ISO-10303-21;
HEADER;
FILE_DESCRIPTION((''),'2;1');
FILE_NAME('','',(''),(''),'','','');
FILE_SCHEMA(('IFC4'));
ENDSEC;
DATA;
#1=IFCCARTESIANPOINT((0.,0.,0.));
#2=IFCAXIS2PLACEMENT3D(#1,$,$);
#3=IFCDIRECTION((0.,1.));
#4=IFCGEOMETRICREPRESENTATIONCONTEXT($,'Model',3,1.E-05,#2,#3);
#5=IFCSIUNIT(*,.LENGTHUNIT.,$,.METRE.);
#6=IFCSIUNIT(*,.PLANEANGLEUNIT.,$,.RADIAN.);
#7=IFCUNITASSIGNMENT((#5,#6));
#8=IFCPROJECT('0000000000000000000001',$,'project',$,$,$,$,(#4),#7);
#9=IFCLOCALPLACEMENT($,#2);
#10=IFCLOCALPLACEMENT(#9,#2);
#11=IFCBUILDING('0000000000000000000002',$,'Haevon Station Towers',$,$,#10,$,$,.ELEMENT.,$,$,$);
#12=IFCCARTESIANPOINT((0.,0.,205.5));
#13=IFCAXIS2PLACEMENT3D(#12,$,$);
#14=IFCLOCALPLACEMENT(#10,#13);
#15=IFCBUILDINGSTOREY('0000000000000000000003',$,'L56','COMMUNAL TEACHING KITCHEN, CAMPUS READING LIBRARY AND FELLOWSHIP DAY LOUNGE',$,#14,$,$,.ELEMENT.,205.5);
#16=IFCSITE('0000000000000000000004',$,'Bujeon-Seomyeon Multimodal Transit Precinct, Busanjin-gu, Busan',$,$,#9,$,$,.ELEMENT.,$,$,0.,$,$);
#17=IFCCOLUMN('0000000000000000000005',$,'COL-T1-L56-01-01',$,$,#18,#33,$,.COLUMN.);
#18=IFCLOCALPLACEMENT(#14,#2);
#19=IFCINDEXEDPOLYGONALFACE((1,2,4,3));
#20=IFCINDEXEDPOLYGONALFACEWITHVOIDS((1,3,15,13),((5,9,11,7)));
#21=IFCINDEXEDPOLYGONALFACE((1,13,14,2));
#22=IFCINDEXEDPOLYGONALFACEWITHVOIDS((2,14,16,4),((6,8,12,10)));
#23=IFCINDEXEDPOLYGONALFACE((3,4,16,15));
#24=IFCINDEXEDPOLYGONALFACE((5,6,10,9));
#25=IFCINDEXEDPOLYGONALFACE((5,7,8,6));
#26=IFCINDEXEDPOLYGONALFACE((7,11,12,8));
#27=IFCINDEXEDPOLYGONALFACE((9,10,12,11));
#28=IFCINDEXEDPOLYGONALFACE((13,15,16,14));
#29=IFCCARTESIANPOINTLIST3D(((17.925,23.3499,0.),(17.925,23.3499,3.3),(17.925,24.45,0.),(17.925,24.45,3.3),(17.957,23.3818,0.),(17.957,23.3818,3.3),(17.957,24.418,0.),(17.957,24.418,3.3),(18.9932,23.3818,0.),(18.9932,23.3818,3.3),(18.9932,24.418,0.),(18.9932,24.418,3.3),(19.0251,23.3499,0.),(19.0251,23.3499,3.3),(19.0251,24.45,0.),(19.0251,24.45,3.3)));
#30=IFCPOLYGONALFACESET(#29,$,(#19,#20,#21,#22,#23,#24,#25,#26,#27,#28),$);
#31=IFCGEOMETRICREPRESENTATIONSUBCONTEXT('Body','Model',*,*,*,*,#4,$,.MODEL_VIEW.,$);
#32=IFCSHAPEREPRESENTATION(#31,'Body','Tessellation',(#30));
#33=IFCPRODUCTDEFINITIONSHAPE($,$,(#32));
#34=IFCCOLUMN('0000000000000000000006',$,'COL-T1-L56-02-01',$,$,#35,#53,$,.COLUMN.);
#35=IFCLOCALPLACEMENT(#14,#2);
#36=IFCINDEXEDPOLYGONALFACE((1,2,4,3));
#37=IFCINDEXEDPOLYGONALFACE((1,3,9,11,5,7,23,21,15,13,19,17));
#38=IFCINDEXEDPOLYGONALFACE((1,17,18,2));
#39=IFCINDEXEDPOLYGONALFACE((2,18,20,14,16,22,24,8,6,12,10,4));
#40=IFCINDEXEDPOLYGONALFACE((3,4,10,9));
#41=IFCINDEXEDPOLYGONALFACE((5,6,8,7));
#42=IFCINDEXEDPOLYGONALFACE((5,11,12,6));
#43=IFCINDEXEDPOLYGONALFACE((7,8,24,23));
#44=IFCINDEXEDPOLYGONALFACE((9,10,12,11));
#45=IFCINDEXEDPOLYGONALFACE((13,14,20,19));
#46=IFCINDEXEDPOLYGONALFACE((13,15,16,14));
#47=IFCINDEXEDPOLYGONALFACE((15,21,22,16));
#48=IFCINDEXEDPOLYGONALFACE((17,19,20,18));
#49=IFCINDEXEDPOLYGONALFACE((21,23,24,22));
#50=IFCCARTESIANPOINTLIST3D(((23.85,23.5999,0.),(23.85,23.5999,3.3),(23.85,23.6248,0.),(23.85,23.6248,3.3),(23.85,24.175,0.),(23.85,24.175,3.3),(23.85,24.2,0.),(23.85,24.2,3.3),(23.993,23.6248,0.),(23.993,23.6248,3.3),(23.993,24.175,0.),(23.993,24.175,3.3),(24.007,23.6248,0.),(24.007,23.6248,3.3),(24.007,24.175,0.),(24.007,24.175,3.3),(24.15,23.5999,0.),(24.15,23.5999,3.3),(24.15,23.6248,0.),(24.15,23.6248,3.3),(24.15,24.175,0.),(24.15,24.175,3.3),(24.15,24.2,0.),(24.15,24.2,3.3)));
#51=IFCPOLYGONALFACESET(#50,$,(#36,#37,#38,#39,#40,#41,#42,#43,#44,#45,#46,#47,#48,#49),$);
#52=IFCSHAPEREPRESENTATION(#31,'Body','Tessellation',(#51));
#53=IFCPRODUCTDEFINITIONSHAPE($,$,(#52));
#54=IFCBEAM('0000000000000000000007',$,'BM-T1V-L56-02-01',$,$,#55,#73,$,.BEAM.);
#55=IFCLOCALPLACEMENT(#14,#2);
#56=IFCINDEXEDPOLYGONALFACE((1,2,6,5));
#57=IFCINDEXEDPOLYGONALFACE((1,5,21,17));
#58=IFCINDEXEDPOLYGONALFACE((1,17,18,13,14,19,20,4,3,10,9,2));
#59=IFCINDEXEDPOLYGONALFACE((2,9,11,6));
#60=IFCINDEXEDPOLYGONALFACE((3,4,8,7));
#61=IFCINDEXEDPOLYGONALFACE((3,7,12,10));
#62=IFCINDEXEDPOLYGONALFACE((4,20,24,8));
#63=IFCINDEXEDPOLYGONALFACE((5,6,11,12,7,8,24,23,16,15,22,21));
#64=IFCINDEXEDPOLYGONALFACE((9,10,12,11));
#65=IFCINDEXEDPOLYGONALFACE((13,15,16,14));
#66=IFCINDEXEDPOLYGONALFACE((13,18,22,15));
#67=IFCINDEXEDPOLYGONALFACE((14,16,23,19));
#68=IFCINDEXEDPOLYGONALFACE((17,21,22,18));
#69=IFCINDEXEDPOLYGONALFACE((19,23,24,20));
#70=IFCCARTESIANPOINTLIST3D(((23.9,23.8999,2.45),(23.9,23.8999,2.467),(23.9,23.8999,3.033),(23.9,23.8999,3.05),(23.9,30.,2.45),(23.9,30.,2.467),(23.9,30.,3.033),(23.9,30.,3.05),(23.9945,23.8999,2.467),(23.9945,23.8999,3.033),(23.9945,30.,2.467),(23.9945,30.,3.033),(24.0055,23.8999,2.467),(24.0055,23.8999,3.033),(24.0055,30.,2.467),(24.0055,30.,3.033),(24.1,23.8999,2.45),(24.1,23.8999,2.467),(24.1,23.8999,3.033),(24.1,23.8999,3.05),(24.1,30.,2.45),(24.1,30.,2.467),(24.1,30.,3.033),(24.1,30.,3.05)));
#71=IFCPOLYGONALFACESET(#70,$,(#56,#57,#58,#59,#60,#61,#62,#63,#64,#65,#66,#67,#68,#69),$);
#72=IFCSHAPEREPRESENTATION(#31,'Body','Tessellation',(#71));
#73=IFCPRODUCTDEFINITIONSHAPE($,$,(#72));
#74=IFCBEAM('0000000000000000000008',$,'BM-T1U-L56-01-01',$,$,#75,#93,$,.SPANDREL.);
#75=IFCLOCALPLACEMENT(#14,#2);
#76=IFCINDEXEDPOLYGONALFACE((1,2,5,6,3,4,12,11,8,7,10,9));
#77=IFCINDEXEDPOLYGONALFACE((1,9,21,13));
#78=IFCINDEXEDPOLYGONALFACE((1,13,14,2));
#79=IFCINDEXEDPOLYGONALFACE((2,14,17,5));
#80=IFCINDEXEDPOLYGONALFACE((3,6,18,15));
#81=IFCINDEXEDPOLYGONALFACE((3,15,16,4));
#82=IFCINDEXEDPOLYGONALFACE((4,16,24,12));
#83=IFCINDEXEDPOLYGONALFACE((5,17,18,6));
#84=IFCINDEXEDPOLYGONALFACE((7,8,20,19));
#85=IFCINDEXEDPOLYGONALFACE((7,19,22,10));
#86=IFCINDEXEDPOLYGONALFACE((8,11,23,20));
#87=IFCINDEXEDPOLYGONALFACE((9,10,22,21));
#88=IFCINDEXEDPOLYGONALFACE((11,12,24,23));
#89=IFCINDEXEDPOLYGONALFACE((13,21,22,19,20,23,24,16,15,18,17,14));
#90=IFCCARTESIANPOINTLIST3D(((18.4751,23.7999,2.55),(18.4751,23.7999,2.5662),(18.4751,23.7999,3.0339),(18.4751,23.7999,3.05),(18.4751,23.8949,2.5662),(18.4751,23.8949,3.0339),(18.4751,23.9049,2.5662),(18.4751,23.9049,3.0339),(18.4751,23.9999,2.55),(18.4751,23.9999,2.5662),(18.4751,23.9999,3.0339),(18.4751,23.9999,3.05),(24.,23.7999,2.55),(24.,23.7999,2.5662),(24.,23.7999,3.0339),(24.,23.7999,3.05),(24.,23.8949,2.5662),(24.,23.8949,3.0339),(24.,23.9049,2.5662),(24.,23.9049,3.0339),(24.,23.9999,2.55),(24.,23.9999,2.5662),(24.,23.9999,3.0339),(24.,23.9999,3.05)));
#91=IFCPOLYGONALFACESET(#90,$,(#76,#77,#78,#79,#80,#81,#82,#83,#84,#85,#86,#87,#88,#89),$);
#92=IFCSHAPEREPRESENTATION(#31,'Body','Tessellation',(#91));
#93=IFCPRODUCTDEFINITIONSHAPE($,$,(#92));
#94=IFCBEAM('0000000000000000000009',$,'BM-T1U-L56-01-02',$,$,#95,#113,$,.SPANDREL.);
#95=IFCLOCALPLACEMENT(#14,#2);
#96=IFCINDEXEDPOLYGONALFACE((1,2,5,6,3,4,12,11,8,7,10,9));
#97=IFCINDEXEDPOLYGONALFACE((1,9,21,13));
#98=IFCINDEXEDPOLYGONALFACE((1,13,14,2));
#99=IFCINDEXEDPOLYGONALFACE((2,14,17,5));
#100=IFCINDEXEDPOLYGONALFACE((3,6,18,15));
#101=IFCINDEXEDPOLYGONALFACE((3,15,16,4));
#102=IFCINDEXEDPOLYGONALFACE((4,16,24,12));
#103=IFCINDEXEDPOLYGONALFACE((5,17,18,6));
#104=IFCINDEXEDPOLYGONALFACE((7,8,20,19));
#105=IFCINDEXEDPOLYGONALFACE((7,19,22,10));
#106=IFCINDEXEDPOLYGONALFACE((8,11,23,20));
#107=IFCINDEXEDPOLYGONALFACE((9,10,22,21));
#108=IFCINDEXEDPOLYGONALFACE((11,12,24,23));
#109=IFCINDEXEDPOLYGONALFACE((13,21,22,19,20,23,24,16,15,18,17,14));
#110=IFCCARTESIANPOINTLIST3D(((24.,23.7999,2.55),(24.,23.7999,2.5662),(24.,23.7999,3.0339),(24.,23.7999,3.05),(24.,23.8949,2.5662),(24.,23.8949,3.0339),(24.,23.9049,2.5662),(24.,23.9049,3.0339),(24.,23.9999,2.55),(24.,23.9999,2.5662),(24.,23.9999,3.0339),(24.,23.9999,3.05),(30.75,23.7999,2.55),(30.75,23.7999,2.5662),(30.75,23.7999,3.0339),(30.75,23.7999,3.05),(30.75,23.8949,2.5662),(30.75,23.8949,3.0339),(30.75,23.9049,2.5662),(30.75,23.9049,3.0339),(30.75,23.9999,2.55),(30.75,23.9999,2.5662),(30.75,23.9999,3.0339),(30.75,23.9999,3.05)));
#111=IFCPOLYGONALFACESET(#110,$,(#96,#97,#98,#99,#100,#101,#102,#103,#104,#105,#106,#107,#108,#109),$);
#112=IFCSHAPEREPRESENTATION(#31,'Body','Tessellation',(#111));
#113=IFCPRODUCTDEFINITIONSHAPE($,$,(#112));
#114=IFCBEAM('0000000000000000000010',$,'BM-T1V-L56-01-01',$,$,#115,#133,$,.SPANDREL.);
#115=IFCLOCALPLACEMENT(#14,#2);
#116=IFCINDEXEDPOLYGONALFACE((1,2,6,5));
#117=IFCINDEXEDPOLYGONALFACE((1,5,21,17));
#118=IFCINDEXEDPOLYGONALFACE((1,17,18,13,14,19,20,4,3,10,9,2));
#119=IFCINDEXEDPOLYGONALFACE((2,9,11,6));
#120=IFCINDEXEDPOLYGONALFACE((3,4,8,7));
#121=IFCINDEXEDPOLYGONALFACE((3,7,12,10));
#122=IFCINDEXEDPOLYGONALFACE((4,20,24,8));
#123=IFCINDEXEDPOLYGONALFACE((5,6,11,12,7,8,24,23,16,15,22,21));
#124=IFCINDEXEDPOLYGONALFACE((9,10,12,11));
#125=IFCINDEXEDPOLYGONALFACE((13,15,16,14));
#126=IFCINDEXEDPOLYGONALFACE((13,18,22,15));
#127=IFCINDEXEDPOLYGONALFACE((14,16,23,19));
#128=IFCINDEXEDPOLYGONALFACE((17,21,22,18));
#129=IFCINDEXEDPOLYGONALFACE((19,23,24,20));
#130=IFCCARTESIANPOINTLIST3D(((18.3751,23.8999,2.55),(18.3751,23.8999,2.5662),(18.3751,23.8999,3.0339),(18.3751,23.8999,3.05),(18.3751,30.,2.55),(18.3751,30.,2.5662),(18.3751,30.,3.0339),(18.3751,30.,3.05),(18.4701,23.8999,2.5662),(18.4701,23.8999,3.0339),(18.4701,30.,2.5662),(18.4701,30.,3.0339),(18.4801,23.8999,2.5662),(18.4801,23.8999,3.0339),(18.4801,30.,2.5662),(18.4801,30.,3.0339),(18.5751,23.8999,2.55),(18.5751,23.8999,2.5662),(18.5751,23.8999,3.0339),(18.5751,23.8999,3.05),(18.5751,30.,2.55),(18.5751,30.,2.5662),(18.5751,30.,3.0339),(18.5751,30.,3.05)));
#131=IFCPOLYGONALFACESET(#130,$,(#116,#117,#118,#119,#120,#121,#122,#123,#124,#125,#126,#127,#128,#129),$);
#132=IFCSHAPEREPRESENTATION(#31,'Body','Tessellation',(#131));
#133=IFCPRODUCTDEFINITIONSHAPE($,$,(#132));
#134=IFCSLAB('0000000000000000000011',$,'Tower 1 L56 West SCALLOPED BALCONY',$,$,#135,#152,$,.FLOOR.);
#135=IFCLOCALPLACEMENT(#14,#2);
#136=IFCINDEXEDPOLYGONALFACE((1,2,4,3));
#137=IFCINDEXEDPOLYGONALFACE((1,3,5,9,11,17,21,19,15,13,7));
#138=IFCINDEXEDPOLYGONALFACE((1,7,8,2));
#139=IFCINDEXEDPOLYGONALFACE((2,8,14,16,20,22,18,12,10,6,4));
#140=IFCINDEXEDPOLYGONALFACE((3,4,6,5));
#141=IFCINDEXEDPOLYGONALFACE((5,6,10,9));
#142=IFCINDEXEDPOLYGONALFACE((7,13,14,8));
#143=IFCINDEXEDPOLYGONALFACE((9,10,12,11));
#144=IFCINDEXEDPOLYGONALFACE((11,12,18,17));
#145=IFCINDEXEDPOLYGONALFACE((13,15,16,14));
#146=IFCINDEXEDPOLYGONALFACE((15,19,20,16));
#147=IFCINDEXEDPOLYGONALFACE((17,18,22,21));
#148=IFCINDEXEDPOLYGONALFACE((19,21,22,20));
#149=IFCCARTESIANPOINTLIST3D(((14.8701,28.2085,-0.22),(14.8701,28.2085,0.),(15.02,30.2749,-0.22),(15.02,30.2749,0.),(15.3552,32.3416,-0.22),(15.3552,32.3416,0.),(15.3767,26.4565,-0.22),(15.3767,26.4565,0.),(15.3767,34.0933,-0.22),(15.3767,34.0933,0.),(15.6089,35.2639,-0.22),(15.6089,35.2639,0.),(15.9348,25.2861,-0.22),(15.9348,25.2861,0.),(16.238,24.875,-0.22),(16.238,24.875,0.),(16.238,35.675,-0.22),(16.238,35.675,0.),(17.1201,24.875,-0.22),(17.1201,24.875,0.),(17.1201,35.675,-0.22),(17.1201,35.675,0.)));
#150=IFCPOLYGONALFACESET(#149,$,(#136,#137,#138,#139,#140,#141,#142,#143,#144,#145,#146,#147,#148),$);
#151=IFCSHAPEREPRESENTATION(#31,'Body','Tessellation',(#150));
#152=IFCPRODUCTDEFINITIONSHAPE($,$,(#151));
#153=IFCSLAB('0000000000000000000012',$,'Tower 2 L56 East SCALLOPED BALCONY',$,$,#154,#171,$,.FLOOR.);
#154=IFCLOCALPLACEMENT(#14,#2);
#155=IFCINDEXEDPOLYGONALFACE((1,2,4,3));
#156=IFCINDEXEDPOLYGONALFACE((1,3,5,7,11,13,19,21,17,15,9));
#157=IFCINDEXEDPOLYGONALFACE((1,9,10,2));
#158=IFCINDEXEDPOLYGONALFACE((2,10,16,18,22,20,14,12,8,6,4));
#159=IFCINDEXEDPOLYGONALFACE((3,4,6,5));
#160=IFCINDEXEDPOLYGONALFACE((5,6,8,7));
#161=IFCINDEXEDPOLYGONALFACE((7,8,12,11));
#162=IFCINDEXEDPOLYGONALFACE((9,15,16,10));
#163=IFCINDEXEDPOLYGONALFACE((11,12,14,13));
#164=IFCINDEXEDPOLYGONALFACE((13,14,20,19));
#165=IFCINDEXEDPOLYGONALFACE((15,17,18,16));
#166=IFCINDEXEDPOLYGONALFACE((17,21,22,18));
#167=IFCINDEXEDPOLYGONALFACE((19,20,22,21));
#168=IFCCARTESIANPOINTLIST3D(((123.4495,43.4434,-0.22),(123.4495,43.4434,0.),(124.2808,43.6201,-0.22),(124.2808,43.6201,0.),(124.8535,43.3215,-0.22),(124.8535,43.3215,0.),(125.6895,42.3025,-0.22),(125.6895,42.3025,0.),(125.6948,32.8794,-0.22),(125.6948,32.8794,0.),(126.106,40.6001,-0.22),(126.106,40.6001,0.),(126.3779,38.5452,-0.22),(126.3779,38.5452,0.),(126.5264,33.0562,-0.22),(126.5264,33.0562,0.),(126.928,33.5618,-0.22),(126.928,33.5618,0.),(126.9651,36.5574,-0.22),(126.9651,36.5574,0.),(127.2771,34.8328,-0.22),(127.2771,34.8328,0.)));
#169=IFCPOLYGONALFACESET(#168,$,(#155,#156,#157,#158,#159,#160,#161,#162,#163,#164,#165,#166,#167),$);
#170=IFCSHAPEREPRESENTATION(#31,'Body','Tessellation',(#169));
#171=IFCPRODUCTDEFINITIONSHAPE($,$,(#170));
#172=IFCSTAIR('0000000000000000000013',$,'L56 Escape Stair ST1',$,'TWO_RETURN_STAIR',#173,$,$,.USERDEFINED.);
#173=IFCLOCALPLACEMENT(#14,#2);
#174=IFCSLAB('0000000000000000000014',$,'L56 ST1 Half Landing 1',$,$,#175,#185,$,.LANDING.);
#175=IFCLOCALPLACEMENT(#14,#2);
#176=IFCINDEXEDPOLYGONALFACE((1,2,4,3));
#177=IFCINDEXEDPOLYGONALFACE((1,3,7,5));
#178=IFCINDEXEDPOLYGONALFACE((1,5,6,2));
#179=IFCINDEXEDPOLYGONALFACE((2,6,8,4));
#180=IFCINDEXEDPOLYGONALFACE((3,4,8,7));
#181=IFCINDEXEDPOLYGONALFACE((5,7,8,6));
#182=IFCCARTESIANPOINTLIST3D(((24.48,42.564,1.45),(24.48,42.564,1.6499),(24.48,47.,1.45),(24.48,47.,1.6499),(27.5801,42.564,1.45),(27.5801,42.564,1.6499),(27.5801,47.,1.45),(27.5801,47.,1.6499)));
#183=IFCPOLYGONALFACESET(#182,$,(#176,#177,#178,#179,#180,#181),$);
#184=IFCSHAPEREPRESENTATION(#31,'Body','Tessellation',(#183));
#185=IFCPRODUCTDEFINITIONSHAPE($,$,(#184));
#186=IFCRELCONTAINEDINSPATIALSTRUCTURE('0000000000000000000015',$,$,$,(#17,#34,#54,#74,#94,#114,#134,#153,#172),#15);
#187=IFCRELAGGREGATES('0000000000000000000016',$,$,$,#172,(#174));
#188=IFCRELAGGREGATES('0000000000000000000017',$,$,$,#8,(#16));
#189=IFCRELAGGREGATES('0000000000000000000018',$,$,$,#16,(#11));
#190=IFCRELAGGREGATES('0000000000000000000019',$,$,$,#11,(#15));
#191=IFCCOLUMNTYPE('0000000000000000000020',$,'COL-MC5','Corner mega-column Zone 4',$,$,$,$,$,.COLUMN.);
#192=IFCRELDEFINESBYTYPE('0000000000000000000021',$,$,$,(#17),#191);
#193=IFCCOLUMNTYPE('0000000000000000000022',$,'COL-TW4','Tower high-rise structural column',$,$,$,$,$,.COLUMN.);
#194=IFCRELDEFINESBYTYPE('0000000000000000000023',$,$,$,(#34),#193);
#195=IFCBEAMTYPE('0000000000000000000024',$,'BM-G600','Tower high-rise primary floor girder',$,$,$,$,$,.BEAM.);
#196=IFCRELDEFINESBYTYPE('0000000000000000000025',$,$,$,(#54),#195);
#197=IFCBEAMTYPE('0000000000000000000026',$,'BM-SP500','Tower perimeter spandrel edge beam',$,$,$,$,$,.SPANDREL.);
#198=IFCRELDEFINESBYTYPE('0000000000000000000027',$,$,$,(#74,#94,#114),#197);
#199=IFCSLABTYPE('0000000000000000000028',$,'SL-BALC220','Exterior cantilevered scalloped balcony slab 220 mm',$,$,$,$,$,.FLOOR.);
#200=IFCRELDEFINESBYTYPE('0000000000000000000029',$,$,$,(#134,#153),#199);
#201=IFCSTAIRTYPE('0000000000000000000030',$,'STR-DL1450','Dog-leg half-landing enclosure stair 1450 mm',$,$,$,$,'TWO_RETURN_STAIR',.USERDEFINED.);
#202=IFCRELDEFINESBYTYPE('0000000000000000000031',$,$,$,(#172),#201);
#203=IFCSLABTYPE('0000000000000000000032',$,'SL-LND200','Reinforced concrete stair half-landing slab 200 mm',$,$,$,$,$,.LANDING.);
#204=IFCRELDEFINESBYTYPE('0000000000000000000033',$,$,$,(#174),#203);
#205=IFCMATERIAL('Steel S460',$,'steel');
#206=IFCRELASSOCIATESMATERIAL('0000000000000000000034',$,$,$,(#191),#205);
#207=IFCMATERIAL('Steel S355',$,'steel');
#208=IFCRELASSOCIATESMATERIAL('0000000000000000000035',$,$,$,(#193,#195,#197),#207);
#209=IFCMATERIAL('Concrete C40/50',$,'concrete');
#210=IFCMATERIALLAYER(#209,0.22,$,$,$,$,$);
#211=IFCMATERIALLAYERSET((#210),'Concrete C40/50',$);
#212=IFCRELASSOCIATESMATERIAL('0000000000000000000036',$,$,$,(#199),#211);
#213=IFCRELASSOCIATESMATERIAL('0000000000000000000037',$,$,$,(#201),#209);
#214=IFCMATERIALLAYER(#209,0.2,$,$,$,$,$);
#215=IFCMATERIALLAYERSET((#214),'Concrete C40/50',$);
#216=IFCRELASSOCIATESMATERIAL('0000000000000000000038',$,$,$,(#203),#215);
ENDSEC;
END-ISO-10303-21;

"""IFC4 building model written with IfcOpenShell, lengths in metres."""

from ifc_helpers import new_model, si_unit, direction, frame, origin, origin_2d, place, context, subcontext, project, spatial, polyline, hollow_rectangle, i_section, outline, extrude, material, layer, layer_set, material_profile, profile_set, type_object, element, aggregate, save


model = new_model("IFC4")

# Units and contexts
model_context = context("Model", 3, precision=1e-05, world=origin(), true_north=direction((0.0, 1.0)))
body_context = subcontext(model_context, "Body", "Model", "MODEL_VIEW")
ifc_project = project(units=[si_unit("LENGTHUNIT", "METRE"), si_unit("PLANEANGLEUNIT", "RADIAN")], contexts=[model_context])

# Site, building, storey
site_placement = place(None, origin())
site = spatial("IfcSite", under=ifc_project, at=site_placement, Name="Bujeon-Seomyeon Multimodal Transit Precinct, Busanjin-gu, Busan", CompositionType="ELEMENT", RefElevation=0.0)
building_placement = place(site_placement, origin())
building = spatial("IfcBuilding", under=site, at=building_placement, Name="Haevon Station Towers", CompositionType="ELEMENT")
storey_placement = place(building_placement, frame((0.0, 0.0, 205.5)))
storey = spatial("IfcBuildingStorey", under=building, at=storey_placement, Name="L56", Description="COMMUNAL TEACHING KITCHEN, CAMPUS READING LIBRARY AND FELLOWSHIP DAY LOUNGE", CompositionType="ELEMENT", Elevation=205.5)

# Columns
ifc_material_1 = material(Name="Steel S460", Category="steel")
ifc_material_profile_1 = material_profile(ifc_material_1, hollow_rectangle(XDim=1.1001, YDim=1.1001, WallThickness=0.032, at=origin_2d()), Name="BOX-1100x1100x32")
ifc_profile_set_1 = profile_set([ifc_material_profile_1], Name="Steel S460")
column_type_1 = type_object("IfcColumnType", Name="COL-MC5", Description="Corner mega-column Zone 4", PredefinedType="COLUMN", material=ifc_profile_set_1)
column_1_placement = place(storey_placement, frame((18.4751, 23.8999, 0.0), z_axis=(0.0, 0.0, 1.0), x_axis=(1.0, 0.0, 0.0)))
element("IfcColumn", 1, at=column_1_placement, inside=storey, type_object=column_type_1, Name="COL-T1-L56-01-01", PredefinedType="COLUMN", context=body_context, shape_type="SweptSolid", body=[
    extrude(hollow_rectangle(XDim=1.1001, YDim=1.1001, WallThickness=0.032, at=origin_2d()), origin(), (0.0, 0.0, 1.0), 3.3),
])
ifc_material_2 = material(Name="Steel S355", Category="steel")
ifc_material_profile_2 = material_profile(ifc_material_2, i_section(OverallWidth=0.3, OverallDepth=0.6001, WebThickness=0.0139, FlangeThickness=0.0249, at=origin_2d()), Name="H-600x300x14x25")
ifc_profile_set_2 = profile_set([ifc_material_profile_2], Name="Steel S355")
column_type_2 = type_object("IfcColumnType", Name="COL-TW4", Description="Tower high-rise structural column", PredefinedType="COLUMN", material=ifc_profile_set_2)
column_2_placement = place(storey_placement, frame((24.0, 23.8999, 0.0), z_axis=(0.0, 0.0, 1.0), x_axis=(1.0, 0.0, 0.0)))
element("IfcColumn", 2, at=column_2_placement, inside=storey, type_object=column_type_2, Name="COL-T1-L56-02-01", PredefinedType="COLUMN", context=body_context, shape_type="SweptSolid", body=[
    extrude(i_section(OverallWidth=0.3, OverallDepth=0.6001, WebThickness=0.0139, FlangeThickness=0.0249, at=origin_2d()), origin(), (0.0, 0.0, 1.0), 3.3),
])

# Beams
ifc_material_profile_3 = material_profile(ifc_material_2, i_section(OverallWidth=0.2, OverallDepth=0.6001, WebThickness=0.011, FlangeThickness=0.0171, at=origin_2d()), Name="H-600x200x11x17")
ifc_profile_set_3 = profile_set([ifc_material_profile_3], Name="Steel S355")
beam_type_1 = type_object("IfcBeamType", Name="BM-G600", Description="Tower high-rise primary floor girder", PredefinedType="BEAM", material=ifc_profile_set_3)
beam_1_placement = place(storey_placement, frame((24.0, 23.8999, 2.75), z_axis=(0.0, 1.0, 0.0), x_axis=(-1.0, 0.0, 0.0)))
element("IfcBeam", 3, at=beam_1_placement, inside=storey, type_object=beam_type_1, Name="BM-T1V-L56-02-01", PredefinedType="BEAM", context=body_context, shape_type="SweptSolid", body=[
    extrude(i_section(OverallWidth=0.2, OverallDepth=0.6001, WebThickness=0.011, FlangeThickness=0.0171, at=origin_2d()), origin(), (0.0, 0.0, 1.0), 6.1001),
])
ifc_material_profile_4 = material_profile(ifc_material_2, i_section(OverallWidth=0.2, OverallDepth=0.5, WebThickness=0.01, FlangeThickness=0.0161, at=origin_2d()), Name="H-500x200x10x16")
ifc_profile_set_4 = profile_set([ifc_material_profile_4], Name="Steel S355")
beam_type_2 = type_object("IfcBeamType", Name="BM-SP500", Description="Tower perimeter spandrel edge beam", PredefinedType="SPANDREL", material=ifc_profile_set_4)
beam_2_placement = place(storey_placement, frame((18.4751, 23.8999, 2.8), z_axis=(1.0, 0.0, 0.0), x_axis=(0.0, 1.0, 0.0)))
element("IfcBeam", 4, at=beam_2_placement, inside=storey, type_object=beam_type_2, Name="BM-T1U-L56-01-01", PredefinedType="SPANDREL", context=body_context, shape_type="SweptSolid", body=[
    extrude(i_section(OverallWidth=0.2, OverallDepth=0.5, WebThickness=0.01, FlangeThickness=0.0161, at=origin_2d()), origin(), (0.0, 0.0, 1.0), 5.5249),
])
beam_3_placement = place(storey_placement, frame((24.0, 23.8999, 2.8), z_axis=(1.0, 0.0, 0.0), x_axis=(0.0, 1.0, 0.0)))
element("IfcBeam", 5, at=beam_3_placement, inside=storey, type_object=beam_type_2, Name="BM-T1U-L56-01-02", PredefinedType="SPANDREL", context=body_context, shape_type="SweptSolid", body=[
    extrude(i_section(OverallWidth=0.2, OverallDepth=0.5, WebThickness=0.01, FlangeThickness=0.0161, at=origin_2d()), origin(), (0.0, 0.0, 1.0), 6.75),
])
beam_4_placement = place(storey_placement, frame((18.4751, 23.8999, 2.8), z_axis=(0.0, 1.0, 0.0), x_axis=(-1.0, 0.0, 0.0)))
element("IfcBeam", 6, at=beam_4_placement, inside=storey, type_object=beam_type_2, Name="BM-T1V-L56-01-01", PredefinedType="SPANDREL", context=body_context, shape_type="SweptSolid", body=[
    extrude(i_section(OverallWidth=0.2, OverallDepth=0.5, WebThickness=0.01, FlangeThickness=0.0161, at=origin_2d()), origin(), (0.0, 0.0, 1.0), 6.1001),
])

# Slabs
ifc_material_3 = material(Name="Concrete C40/50", Category="concrete")
ifc_layer_1 = layer(ifc_material_3, 0.22)
ifc_layer_set_1 = layer_set([ifc_layer_1], Name="Concrete C40/50")
slab_type_1 = type_object("IfcSlabType", Name="SL-BALC220", Description="Exterior cantilevered scalloped balcony slab 220 mm", PredefinedType="FLOOR", material=ifc_layer_set_1)
slab_1_placement = place(storey_placement, frame((0.0, 0.0, -0.22)))
element("IfcSlab", 7, at=slab_1_placement, inside=storey, type_object=slab_type_1, Name="Tower 1 L56 West SCALLOPED BALCONY", PredefinedType="FLOOR", context=body_context, shape_type="SweptSolid", body=[
    extrude(outline(polyline([(17.1201, 35.675), (16.238, 35.675), (15.6089, 35.2639), (15.3767, 34.0933), (15.3552, 32.3416), (15.02, 30.2749), (14.8701, 28.2085), (15.3767, 26.4565), (15.9348, 25.2861), (16.238, 24.875), (17.1201, 24.875), (17.1201, 35.675)])), origin(), (0.0, 0.0, 1.0), 0.22),
])
slab_2_placement = place(storey_placement, frame((0.0, 0.0, -0.22)))
element("IfcSlab", 8, at=slab_2_placement, inside=storey, type_object=slab_type_1, Name="Tower 2 L56 East SCALLOPED BALCONY", PredefinedType="FLOOR", context=body_context, shape_type="SweptSolid", body=[
    extrude(outline(polyline([(125.6948, 32.8794), (126.5264, 33.0562), (126.928, 33.5618), (127.2771, 34.8328), (126.9651, 36.5574), (126.3779, 38.5452), (126.106, 40.6001), (125.6895, 42.3025), (124.8535, 43.3215), (124.2808, 43.6201), (123.4495, 43.4434), (125.6948, 32.8794)])), origin(), (0.0, 0.0, 1.0), 0.22),
])

# Stair, slab
stair_type = type_object("IfcStairType", Name="STR-DL1450", Description="Dog-leg half-landing enclosure stair 1450 mm", ElementType="TWO_RETURN_STAIR", PredefinedType="USERDEFINED", material=ifc_material_3)
stair_1_placement = place(storey_placement, origin())
stair_1 = element("IfcStair", 9, at=stair_1_placement, inside=storey, type_object=stair_type, Name="L56 Escape Stair ST1", ObjectType="TWO_RETURN_STAIR", PredefinedType="USERDEFINED")
ifc_layer_2 = layer(ifc_material_3, 0.2)
ifc_layer_set_2 = layer_set([ifc_layer_2], Name="Concrete C40/50")
slab_type_2 = type_object("IfcSlabType", Name="SL-LND200", Description="Reinforced concrete stair half-landing slab 200 mm", PredefinedType="LANDING", material=ifc_layer_set_2)
slab_3_placement = place(storey_placement, frame((0.0, 0.0, 1.45)))
slab_3 = element("IfcSlab", 10, at=slab_3_placement, type_object=slab_type_2, Name="L56 ST1 Half Landing 1", PredefinedType="LANDING", context=body_context, shape_type="SweptSolid", body=[
    extrude(outline(polyline([(27.5801, 42.564), (27.5801, 47.0), (24.48, 47.0), (24.48, 42.564), (27.5801, 42.564)])), origin(), (0.0, 0.0, 1.0), 0.2),
])
aggregate(stair_1, [slab_3])

save(model, "model.ifc")
